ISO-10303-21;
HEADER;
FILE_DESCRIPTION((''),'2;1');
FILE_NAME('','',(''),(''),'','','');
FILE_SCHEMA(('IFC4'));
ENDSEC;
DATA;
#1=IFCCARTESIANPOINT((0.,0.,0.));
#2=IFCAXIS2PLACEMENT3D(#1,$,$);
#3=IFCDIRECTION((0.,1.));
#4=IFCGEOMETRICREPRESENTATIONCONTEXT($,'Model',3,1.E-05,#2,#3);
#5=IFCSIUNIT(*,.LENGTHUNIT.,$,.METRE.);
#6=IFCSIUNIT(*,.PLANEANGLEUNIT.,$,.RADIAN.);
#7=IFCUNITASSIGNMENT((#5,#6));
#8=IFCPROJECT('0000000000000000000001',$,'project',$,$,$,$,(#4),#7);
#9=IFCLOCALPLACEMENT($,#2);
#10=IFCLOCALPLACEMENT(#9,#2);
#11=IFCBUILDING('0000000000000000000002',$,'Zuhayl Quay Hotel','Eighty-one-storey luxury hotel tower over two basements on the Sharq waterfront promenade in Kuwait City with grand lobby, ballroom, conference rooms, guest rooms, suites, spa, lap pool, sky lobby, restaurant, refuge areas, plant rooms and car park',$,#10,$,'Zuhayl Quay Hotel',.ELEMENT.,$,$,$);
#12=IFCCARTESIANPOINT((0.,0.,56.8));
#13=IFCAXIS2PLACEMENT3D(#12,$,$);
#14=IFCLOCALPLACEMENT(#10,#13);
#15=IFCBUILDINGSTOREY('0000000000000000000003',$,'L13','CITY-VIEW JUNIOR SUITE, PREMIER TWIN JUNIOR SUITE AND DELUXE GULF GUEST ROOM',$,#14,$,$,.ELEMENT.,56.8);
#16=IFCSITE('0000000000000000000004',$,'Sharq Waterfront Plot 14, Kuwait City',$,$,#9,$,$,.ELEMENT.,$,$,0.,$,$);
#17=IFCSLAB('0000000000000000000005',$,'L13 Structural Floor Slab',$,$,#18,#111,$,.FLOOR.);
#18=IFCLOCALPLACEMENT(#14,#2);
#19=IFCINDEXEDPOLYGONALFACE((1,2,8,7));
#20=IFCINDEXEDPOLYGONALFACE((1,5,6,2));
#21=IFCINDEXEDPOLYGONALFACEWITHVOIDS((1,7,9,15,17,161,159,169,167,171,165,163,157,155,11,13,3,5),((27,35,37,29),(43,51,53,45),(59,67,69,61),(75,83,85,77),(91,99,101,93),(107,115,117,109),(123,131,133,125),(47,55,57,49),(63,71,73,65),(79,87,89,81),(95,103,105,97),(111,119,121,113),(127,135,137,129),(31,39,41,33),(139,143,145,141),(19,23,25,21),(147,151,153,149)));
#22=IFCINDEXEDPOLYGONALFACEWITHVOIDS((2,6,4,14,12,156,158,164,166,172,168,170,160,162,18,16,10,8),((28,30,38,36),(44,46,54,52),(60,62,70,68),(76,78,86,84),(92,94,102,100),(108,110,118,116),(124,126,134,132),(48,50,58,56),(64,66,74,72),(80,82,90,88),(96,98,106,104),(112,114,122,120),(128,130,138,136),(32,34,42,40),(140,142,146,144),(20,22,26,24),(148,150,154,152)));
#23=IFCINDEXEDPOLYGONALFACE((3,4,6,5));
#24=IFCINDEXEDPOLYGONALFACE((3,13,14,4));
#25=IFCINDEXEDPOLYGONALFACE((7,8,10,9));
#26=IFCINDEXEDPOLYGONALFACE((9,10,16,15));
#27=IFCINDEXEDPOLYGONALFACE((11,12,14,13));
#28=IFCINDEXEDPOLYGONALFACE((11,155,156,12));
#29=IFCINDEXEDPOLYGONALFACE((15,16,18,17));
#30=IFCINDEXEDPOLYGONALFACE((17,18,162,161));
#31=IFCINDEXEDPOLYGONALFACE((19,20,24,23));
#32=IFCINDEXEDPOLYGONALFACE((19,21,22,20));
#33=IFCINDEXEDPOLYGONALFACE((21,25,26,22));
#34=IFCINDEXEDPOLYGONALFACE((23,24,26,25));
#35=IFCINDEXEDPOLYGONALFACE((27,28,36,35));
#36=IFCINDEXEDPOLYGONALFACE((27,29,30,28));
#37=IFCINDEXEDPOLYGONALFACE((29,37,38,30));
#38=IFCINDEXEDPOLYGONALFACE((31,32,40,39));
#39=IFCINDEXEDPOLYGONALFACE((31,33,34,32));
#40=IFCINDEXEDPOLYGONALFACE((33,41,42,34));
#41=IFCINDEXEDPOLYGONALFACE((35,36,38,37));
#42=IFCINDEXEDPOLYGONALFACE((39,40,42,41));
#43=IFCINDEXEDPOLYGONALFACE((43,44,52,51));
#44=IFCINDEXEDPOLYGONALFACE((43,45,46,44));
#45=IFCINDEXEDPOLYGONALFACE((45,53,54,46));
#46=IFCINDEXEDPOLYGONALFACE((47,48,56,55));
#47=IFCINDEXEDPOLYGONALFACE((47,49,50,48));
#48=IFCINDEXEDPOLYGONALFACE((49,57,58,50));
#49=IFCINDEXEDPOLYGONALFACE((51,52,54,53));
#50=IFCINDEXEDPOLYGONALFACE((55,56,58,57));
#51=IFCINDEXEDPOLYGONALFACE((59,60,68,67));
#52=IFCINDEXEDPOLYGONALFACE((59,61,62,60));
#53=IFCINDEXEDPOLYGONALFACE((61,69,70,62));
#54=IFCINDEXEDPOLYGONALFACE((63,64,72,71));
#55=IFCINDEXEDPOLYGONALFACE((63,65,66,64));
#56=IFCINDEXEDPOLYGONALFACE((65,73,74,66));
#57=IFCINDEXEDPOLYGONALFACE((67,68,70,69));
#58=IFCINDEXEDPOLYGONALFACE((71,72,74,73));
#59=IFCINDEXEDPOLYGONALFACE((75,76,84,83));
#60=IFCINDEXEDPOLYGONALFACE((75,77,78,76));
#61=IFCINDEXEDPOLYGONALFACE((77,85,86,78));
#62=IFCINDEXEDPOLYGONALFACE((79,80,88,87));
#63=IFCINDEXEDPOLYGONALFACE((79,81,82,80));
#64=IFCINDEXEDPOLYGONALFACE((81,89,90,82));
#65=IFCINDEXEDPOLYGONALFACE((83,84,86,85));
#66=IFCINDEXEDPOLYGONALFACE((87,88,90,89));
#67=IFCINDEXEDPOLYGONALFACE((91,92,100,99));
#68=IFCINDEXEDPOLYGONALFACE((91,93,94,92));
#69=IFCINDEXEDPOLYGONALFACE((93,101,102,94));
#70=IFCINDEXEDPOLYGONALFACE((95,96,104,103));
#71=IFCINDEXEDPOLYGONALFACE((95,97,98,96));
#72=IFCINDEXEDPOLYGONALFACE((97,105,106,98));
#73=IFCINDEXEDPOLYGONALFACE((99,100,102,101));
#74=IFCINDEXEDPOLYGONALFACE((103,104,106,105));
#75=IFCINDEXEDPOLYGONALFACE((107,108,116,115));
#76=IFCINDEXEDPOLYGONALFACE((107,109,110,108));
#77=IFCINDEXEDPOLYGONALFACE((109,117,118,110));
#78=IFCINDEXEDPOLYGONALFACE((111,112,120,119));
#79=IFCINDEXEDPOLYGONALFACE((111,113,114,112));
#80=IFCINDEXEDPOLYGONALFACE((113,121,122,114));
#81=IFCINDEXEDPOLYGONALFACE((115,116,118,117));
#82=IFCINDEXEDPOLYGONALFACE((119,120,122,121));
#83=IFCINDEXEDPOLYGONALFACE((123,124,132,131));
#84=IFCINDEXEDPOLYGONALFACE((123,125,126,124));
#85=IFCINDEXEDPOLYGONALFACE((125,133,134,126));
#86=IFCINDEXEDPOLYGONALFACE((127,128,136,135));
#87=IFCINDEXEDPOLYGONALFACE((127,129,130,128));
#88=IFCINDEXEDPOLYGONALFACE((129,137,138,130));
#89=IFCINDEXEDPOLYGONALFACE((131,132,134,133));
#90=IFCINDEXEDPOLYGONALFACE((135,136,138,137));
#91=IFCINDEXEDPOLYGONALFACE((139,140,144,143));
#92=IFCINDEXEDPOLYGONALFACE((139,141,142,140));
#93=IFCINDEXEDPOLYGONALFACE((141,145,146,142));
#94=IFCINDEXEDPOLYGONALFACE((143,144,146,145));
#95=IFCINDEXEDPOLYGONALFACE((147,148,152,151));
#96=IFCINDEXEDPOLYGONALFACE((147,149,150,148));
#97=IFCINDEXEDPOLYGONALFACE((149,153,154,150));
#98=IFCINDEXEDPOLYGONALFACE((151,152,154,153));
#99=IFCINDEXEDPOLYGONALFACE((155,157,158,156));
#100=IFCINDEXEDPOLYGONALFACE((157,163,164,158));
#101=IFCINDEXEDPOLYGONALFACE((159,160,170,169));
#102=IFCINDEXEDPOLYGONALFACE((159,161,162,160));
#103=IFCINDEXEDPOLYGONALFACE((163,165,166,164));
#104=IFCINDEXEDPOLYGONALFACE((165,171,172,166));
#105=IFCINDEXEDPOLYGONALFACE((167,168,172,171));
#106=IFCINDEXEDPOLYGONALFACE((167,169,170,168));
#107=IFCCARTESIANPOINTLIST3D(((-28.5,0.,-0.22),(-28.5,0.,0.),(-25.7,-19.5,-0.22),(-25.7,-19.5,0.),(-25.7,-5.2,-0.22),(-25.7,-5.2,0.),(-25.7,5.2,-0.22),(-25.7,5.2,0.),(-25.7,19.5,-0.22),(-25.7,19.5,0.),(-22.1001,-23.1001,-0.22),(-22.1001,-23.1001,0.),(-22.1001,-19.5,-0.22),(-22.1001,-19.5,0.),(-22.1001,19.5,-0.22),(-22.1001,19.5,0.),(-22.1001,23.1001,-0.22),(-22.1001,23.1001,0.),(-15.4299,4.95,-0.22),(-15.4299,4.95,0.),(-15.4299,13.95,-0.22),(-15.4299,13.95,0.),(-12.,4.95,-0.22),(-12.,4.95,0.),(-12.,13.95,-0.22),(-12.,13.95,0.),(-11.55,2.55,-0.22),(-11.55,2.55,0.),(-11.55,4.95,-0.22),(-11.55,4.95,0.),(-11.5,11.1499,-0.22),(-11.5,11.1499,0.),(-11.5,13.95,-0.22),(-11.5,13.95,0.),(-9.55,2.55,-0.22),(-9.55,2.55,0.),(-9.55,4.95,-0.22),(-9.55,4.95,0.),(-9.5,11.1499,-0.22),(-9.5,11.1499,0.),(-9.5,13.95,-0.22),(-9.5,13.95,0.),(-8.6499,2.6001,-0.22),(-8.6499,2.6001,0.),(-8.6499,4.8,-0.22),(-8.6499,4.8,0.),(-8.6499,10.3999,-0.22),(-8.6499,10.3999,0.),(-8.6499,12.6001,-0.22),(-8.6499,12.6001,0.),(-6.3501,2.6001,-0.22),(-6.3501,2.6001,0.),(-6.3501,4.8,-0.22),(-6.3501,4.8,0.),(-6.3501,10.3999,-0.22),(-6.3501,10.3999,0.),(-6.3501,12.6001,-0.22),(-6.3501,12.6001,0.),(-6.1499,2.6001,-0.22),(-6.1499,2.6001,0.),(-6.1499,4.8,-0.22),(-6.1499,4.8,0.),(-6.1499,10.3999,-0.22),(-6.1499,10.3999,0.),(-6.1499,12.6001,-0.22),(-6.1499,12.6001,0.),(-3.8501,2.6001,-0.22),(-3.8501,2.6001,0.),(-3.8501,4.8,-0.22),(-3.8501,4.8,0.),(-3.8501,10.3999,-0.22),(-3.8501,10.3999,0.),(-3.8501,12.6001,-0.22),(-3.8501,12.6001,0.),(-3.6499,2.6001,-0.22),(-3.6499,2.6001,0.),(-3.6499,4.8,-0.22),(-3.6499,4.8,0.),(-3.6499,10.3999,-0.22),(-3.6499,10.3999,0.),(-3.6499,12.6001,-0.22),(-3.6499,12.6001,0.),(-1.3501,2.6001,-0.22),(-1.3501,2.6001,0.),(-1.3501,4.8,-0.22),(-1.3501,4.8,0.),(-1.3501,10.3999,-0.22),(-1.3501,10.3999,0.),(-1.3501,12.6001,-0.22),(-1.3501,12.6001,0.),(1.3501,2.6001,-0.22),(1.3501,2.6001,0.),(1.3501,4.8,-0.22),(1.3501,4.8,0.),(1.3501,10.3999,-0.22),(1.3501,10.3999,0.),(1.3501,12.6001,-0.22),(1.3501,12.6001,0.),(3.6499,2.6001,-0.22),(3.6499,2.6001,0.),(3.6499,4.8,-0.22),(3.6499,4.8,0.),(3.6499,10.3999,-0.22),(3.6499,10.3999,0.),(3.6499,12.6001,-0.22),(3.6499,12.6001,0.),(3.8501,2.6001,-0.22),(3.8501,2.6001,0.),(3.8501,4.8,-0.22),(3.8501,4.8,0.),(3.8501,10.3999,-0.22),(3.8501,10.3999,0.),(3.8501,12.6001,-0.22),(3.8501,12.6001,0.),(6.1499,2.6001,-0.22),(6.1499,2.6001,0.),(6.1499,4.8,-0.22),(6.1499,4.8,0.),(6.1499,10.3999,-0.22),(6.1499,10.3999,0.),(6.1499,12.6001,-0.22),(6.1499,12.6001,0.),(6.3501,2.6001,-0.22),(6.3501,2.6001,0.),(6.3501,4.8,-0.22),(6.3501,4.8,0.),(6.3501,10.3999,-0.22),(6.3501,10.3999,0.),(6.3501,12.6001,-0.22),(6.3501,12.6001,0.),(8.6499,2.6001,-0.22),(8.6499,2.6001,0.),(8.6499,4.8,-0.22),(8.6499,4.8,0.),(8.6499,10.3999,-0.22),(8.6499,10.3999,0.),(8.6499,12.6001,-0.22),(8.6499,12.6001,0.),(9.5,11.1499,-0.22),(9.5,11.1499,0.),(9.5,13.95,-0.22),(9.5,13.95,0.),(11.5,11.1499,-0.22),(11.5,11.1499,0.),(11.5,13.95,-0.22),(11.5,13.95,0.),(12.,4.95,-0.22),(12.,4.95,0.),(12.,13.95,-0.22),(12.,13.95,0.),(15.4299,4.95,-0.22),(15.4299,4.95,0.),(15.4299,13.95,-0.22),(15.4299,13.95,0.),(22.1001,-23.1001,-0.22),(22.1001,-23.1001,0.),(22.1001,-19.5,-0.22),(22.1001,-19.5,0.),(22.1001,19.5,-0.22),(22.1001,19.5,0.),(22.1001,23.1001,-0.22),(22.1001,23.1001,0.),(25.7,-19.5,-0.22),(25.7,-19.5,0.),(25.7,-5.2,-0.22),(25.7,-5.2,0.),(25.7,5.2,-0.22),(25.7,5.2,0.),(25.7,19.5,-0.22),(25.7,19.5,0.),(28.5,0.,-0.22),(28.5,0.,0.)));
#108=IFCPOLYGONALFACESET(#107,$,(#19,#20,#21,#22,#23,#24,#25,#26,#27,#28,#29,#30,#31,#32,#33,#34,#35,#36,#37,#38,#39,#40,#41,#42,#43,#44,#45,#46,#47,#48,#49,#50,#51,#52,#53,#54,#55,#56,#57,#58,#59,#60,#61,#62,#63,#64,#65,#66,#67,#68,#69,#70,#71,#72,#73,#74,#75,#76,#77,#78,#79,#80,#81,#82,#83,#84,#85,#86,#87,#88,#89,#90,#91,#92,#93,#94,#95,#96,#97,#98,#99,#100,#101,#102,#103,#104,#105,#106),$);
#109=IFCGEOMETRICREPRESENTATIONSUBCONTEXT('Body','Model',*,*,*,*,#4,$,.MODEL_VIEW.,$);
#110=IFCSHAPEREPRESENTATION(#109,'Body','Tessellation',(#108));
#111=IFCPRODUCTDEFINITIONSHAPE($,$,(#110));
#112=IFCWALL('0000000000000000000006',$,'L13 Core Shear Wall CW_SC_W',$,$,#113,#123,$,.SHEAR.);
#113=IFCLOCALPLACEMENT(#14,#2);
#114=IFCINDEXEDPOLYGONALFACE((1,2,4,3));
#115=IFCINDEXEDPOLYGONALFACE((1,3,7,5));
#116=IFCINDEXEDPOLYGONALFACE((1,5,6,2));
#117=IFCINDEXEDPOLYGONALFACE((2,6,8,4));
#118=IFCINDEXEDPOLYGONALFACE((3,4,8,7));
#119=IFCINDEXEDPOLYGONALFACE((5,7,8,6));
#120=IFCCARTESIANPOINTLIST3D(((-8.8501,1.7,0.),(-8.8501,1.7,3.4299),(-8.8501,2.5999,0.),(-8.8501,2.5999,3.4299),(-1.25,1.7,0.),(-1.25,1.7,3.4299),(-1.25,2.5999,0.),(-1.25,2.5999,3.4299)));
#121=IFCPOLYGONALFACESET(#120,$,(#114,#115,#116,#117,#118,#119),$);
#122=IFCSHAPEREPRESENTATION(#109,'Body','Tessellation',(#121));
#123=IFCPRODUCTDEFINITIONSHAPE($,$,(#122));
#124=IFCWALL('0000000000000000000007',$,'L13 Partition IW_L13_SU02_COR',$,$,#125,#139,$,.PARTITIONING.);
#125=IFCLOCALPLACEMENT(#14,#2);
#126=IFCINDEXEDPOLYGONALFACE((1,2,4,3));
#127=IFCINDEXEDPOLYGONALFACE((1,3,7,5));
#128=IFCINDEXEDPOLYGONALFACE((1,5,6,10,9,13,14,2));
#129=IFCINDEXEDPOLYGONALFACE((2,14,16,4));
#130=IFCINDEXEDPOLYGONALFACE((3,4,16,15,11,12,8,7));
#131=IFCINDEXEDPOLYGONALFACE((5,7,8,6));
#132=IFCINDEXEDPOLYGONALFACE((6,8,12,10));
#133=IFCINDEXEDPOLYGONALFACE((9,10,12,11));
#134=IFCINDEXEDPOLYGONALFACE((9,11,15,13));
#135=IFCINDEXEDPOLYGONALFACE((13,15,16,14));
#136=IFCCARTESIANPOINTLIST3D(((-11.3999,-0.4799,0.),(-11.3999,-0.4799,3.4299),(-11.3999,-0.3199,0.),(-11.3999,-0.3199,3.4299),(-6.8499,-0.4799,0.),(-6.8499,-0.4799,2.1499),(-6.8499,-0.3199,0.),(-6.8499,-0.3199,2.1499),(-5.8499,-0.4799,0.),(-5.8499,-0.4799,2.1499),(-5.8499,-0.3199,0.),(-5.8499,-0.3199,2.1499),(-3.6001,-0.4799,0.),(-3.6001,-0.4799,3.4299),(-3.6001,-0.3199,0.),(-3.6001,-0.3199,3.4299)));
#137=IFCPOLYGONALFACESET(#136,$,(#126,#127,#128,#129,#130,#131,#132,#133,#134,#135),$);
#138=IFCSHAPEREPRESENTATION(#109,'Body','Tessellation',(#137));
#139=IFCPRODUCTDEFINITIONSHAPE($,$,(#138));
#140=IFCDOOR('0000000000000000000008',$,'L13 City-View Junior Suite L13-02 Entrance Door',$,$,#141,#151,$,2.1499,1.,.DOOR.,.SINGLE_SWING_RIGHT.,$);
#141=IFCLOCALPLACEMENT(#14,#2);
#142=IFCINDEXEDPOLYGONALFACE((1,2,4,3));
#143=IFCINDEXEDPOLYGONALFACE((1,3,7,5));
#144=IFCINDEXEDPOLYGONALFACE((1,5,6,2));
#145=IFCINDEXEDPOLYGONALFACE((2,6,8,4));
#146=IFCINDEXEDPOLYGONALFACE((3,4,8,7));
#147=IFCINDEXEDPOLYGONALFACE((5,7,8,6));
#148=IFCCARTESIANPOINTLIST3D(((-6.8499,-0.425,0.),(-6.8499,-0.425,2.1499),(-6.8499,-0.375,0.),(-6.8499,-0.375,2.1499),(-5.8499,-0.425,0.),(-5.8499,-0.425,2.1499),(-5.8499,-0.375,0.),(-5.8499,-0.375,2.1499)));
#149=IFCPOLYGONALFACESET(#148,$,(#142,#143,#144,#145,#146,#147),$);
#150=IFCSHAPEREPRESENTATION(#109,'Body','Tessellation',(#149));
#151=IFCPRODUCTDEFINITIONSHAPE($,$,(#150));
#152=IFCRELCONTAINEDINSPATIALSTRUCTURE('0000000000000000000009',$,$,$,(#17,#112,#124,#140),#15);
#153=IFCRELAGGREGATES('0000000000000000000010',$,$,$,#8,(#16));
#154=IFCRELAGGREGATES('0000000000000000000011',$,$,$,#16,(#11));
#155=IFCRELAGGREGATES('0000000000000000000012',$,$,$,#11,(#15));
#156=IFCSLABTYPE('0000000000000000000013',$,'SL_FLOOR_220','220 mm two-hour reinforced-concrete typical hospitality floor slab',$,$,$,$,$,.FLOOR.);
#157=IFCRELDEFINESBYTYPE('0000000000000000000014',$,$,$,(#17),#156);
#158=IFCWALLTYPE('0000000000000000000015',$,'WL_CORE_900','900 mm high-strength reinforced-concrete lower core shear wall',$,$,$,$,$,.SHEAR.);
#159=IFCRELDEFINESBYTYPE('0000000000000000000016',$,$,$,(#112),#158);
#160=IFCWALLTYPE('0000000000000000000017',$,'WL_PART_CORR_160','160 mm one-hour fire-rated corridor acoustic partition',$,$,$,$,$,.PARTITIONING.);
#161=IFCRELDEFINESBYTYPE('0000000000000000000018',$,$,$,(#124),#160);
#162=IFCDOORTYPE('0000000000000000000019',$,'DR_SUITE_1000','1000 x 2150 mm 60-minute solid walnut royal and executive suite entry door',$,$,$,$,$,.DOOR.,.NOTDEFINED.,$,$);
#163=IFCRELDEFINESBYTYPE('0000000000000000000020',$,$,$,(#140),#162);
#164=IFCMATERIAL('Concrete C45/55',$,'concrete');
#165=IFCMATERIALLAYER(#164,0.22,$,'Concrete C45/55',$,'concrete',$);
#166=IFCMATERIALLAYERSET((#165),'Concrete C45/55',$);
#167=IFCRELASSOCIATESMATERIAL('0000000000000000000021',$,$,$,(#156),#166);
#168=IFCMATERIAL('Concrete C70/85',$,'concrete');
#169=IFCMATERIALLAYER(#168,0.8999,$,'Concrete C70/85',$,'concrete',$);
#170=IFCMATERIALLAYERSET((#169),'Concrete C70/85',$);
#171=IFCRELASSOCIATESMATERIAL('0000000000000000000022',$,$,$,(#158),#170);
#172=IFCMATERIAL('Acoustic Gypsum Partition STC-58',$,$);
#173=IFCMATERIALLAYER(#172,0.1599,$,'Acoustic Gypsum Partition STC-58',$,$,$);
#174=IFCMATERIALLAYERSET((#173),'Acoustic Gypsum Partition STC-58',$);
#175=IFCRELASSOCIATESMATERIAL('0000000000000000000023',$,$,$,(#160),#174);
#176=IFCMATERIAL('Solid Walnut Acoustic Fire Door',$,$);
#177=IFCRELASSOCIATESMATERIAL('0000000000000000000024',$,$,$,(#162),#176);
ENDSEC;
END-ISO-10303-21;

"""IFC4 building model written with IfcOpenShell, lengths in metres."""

from ifc_helpers import new_model, si_unit, direction, frame, frame_2d, origin, place, context, subcontext, project, spatial, polyline, rectangle, outline, extrude, material, layer, layer_set, type_object, element, fill, save


model = new_model("IFC4")

# Units and contexts
model_context = context("Model", 3, precision=1e-05, world=origin(), true_north=direction((0.0, 1.0)))
body_context = subcontext(model_context, "Body", "Model", "MODEL_VIEW")
ifc_project = project(units=[si_unit("LENGTHUNIT", "METRE"), si_unit("PLANEANGLEUNIT", "RADIAN")], contexts=[model_context])

# Site, building, storey
site_placement = place(None, origin())
site = spatial("IfcSite", under=ifc_project, at=site_placement, Name="Sharq Waterfront Plot 14, Kuwait City", CompositionType="ELEMENT", RefElevation=0.0)
building_placement = place(site_placement, origin())
building = spatial("IfcBuilding", under=site, at=building_placement, Name="Zuhayl Quay Hotel", Description="Eighty-one-storey luxury hotel tower over two basements on the Sharq waterfront promenade in Kuwait City with grand lobby, ballroom, conference rooms, guest rooms, suites, spa, lap pool, sky lobby, restaurant, refuge areas, plant rooms and car park", LongName="Zuhayl Quay Hotel", CompositionType="ELEMENT")
storey_placement = place(building_placement, frame((0.0, 0.0, 56.8)))
storey = spatial("IfcBuildingStorey", under=building, at=storey_placement, Name="L13", Description="CITY-VIEW JUNIOR SUITE, PREMIER TWIN JUNIOR SUITE AND DELUXE GULF GUEST ROOM", CompositionType="ELEMENT", Elevation=56.8)

# Shared definitions
ifc_material_1 = material(Name="Concrete C70/85", Category="concrete")

# Slab
ifc_material_2 = material(Name="Concrete C45/55", Category="concrete")
ifc_layer_1 = layer(ifc_material_2, 0.22, Name="Concrete C45/55", Category="concrete")
ifc_layer_set_1 = layer_set([ifc_layer_1], Name="Concrete C45/55")
slab_type_1 = type_object("IfcSlabType", Name="SL_FLOOR_220", Description="220 mm two-hour reinforced-concrete typical hospitality floor slab", PredefinedType="FLOOR", material=ifc_layer_set_1)
slab_1_placement = place(storey_placement, frame((0.0, 0.0, -0.22)))
element("IfcSlab", 1, at=slab_1_placement, inside=storey, type_object=slab_type_1, Name="L13 Structural Floor Slab", PredefinedType="FLOOR", context=body_context, shape_type="SweptSolid", body=[
    extrude(outline(polyline([(-22.1001, -23.1001), (22.1001, -23.1001), (22.1001, -19.5), (25.7, -19.5), (25.7, -5.2), (28.5, 0.0), (25.7, 5.2), (25.7, 19.5), (22.1001, 19.5), (22.1001, 23.1001), (-22.1001, 23.1001), (-22.1001, 19.5), (-25.7, 19.5), (-25.7, 5.2), (-28.5, 0.0), (-25.7, -5.2), (-25.7, -19.5), (-22.1001, -19.5), (-22.1001, -23.1001)]), holes=[polyline([(-12.0, 4.95), (-12.0, 13.95), (-15.4299, 13.95), (-15.4299, 4.95), (-12.0, 4.95)]), polyline([(15.4299, 4.95), (15.4299, 13.95), (12.0, 13.95), (12.0, 4.95), (15.4299, 4.95)]), polyline([(-11.5, 11.1499), (-9.5, 11.1499), (-9.5, 13.95), (-11.5, 13.95), (-11.5, 11.1499)]), polyline([(9.5, 11.1499), (11.5, 11.1499), (11.5, 13.95), (9.5, 13.95), (9.5, 11.1499)]), polyline([(-8.6499, 2.6001), (-6.3501, 2.6001), (-6.3501, 4.8), (-8.6499, 4.8), (-8.6499, 2.6001)]), polyline([(-6.1499, 2.6001), (-3.8501, 2.6001), (-3.8501, 4.8), (-6.1499, 4.8), (-6.1499, 2.6001)]), polyline([(-8.6499, 10.3999), (-6.3501, 10.3999), (-6.3501, 12.6001), (-8.6499, 12.6001), (-8.6499, 10.3999)]), polyline([(-6.1499, 10.3999), (-3.8501, 10.3999), (-3.8501, 12.6001), (-6.1499, 12.6001), (-6.1499, 10.3999)]), polyline([(-3.6499, 2.6001), (-1.3501, 2.6001), (-1.3501, 4.8), (-3.6499, 4.8), (-3.6499, 2.6001)]), polyline([(1.3501, 2.6001), (3.6499, 2.6001), (3.6499, 4.8), (1.3501, 4.8), (1.3501, 2.6001)]), polyline([(-3.6499, 10.3999), (-1.3501, 10.3999), (-1.3501, 12.6001), (-3.6499, 12.6001), (-3.6499, 10.3999)]), polyline([(1.3501, 10.3999), (3.6499, 10.3999), (3.6499, 12.6001), (1.3501, 12.6001), (1.3501, 10.3999)]), polyline([(3.8501, 2.6001), (6.1499, 2.6001), (6.1499, 4.8), (3.8501, 4.8), (3.8501, 2.6001)]), polyline([(6.3501, 2.6001), (8.6499, 2.6001), (8.6499, 4.8), (6.3501, 4.8), (6.3501, 2.6001)]), polyline([(3.8501, 10.3999), (6.1499, 10.3999), (6.1499, 12.6001), (3.8501, 12.6001), (3.8501, 10.3999)]), polyline([(6.3501, 10.3999), (8.6499, 10.3999), (8.6499, 12.6001), (6.3501, 12.6001), (6.3501, 10.3999)]), polyline([(-11.55, 2.55), (-9.55, 2.55), (-9.55, 4.95), (-11.55, 4.95), (-11.55, 2.55)])]), origin(), (0.0, 0.0, 1.0), 0.22),
])

# Wall
ifc_layer_2 = layer(ifc_material_1, 0.8999, Name="Concrete C70/85", Category="concrete")
ifc_layer_set_2 = layer_set([ifc_layer_2], Name="Concrete C70/85")
wall_type_1 = type_object("IfcWallType", Name="WL_CORE_900", Description="900 mm high-strength reinforced-concrete lower core shear wall", PredefinedType="SHEAR", material=ifc_layer_set_2)
wall_1_placement = place(storey_placement, frame((-8.8501, 2.1499, 0.0), z_axis=(0.0, 0.0, 1.0), x_axis=(1.0, 0.0, 0.0)))
element("IfcWall", 2, at=wall_1_placement, inside=storey, type_object=wall_type_1, Name="L13 Core Shear Wall CW_SC_W", PredefinedType="SHEAR", context=body_context, shape_type="SweptSolid", body=[
    extrude(rectangle(XDim=7.6001, YDim=0.8999, at=frame_2d((3.8, 0.0))), origin(), (0.0, 0.0, 1.0), 3.4299),
])

# Wall, opening, door
ifc_material_3 = material(Name="Acoustic Gypsum Partition STC-58")
ifc_layer_3 = layer(ifc_material_3, 0.1599, Name="Acoustic Gypsum Partition STC-58")
ifc_layer_set_3 = layer_set([ifc_layer_3], Name="Acoustic Gypsum Partition STC-58")
wall_type_2 = type_object("IfcWallType", Name="WL_PART_CORR_160", Description="160 mm one-hour fire-rated corridor acoustic partition", PredefinedType="PARTITIONING", material=ifc_layer_set_3)
wall_2_placement = place(storey_placement, frame((-11.3999, -0.3999, 0.0), z_axis=(0.0, 0.0, 1.0), x_axis=(1.0, 0.0, 0.0)))
wall_2 = element("IfcWall", 3, at=wall_2_placement, inside=storey, type_object=wall_type_2, Name="L13 Partition IW_L13_SU02_COR", PredefinedType="PARTITIONING", context=body_context, shape_type="SweptSolid", body=[
    extrude(rectangle(XDim=7.7998, YDim=0.1599, at=frame_2d((3.8999, 0.0))), origin(), (0.0, 0.0, 1.0), 3.4299),
])
opening_1_placement = place(wall_2_placement, frame((4.55, 0.0, 0.0)))
opening_1 = element("IfcOpeningElement", 4, at=opening_1_placement, cuts=wall_2, PredefinedType="OPENING", context=body_context, shape_type="SweptSolid", body=[
    extrude(rectangle(XDim=1.0, YDim=2.1499, at=frame_2d((0.5, 1.075))), frame((0.0, 0.0898, 0.0), z_axis=(0.0, -1.0, 0.0), x_axis=(1.0, 0.0, 0.0)), (0.0, 0.0, 1.0), 0.1799),
])
ifc_material_4 = material(Name="Solid Walnut Acoustic Fire Door")
door_type_1 = type_object("IfcDoorType", Name="DR_SUITE_1000", Description="1000 x 2150 mm 60-minute solid walnut royal and executive suite entry door", OperationType="NOTDEFINED", PredefinedType="DOOR", material=ifc_material_4)
door_1_placement = place(opening_1_placement, origin())
door_1 = element("IfcDoor", 5, at=door_1_placement, inside=storey, type_object=door_type_1, Name="L13 City-View Junior Suite L13-02 Entrance Door", OperationType="SINGLE_SWING_RIGHT", OverallHeight=2.1499, OverallWidth=1.0, PredefinedType="DOOR", context=body_context, shape_type="SweptSolid", body=[
    extrude(rectangle(XDim=1.0, YDim=2.1499, at=frame_2d((0.5, 1.075))), frame((0.0, 0.0249, 0.0), z_axis=(0.0, -1.0, 0.0), x_axis=(1.0, 0.0, 0.0)), (0.0, 0.0, 1.0), 0.05),
])
fill(opening_1, door_1)

save(model, "model.ifc")
